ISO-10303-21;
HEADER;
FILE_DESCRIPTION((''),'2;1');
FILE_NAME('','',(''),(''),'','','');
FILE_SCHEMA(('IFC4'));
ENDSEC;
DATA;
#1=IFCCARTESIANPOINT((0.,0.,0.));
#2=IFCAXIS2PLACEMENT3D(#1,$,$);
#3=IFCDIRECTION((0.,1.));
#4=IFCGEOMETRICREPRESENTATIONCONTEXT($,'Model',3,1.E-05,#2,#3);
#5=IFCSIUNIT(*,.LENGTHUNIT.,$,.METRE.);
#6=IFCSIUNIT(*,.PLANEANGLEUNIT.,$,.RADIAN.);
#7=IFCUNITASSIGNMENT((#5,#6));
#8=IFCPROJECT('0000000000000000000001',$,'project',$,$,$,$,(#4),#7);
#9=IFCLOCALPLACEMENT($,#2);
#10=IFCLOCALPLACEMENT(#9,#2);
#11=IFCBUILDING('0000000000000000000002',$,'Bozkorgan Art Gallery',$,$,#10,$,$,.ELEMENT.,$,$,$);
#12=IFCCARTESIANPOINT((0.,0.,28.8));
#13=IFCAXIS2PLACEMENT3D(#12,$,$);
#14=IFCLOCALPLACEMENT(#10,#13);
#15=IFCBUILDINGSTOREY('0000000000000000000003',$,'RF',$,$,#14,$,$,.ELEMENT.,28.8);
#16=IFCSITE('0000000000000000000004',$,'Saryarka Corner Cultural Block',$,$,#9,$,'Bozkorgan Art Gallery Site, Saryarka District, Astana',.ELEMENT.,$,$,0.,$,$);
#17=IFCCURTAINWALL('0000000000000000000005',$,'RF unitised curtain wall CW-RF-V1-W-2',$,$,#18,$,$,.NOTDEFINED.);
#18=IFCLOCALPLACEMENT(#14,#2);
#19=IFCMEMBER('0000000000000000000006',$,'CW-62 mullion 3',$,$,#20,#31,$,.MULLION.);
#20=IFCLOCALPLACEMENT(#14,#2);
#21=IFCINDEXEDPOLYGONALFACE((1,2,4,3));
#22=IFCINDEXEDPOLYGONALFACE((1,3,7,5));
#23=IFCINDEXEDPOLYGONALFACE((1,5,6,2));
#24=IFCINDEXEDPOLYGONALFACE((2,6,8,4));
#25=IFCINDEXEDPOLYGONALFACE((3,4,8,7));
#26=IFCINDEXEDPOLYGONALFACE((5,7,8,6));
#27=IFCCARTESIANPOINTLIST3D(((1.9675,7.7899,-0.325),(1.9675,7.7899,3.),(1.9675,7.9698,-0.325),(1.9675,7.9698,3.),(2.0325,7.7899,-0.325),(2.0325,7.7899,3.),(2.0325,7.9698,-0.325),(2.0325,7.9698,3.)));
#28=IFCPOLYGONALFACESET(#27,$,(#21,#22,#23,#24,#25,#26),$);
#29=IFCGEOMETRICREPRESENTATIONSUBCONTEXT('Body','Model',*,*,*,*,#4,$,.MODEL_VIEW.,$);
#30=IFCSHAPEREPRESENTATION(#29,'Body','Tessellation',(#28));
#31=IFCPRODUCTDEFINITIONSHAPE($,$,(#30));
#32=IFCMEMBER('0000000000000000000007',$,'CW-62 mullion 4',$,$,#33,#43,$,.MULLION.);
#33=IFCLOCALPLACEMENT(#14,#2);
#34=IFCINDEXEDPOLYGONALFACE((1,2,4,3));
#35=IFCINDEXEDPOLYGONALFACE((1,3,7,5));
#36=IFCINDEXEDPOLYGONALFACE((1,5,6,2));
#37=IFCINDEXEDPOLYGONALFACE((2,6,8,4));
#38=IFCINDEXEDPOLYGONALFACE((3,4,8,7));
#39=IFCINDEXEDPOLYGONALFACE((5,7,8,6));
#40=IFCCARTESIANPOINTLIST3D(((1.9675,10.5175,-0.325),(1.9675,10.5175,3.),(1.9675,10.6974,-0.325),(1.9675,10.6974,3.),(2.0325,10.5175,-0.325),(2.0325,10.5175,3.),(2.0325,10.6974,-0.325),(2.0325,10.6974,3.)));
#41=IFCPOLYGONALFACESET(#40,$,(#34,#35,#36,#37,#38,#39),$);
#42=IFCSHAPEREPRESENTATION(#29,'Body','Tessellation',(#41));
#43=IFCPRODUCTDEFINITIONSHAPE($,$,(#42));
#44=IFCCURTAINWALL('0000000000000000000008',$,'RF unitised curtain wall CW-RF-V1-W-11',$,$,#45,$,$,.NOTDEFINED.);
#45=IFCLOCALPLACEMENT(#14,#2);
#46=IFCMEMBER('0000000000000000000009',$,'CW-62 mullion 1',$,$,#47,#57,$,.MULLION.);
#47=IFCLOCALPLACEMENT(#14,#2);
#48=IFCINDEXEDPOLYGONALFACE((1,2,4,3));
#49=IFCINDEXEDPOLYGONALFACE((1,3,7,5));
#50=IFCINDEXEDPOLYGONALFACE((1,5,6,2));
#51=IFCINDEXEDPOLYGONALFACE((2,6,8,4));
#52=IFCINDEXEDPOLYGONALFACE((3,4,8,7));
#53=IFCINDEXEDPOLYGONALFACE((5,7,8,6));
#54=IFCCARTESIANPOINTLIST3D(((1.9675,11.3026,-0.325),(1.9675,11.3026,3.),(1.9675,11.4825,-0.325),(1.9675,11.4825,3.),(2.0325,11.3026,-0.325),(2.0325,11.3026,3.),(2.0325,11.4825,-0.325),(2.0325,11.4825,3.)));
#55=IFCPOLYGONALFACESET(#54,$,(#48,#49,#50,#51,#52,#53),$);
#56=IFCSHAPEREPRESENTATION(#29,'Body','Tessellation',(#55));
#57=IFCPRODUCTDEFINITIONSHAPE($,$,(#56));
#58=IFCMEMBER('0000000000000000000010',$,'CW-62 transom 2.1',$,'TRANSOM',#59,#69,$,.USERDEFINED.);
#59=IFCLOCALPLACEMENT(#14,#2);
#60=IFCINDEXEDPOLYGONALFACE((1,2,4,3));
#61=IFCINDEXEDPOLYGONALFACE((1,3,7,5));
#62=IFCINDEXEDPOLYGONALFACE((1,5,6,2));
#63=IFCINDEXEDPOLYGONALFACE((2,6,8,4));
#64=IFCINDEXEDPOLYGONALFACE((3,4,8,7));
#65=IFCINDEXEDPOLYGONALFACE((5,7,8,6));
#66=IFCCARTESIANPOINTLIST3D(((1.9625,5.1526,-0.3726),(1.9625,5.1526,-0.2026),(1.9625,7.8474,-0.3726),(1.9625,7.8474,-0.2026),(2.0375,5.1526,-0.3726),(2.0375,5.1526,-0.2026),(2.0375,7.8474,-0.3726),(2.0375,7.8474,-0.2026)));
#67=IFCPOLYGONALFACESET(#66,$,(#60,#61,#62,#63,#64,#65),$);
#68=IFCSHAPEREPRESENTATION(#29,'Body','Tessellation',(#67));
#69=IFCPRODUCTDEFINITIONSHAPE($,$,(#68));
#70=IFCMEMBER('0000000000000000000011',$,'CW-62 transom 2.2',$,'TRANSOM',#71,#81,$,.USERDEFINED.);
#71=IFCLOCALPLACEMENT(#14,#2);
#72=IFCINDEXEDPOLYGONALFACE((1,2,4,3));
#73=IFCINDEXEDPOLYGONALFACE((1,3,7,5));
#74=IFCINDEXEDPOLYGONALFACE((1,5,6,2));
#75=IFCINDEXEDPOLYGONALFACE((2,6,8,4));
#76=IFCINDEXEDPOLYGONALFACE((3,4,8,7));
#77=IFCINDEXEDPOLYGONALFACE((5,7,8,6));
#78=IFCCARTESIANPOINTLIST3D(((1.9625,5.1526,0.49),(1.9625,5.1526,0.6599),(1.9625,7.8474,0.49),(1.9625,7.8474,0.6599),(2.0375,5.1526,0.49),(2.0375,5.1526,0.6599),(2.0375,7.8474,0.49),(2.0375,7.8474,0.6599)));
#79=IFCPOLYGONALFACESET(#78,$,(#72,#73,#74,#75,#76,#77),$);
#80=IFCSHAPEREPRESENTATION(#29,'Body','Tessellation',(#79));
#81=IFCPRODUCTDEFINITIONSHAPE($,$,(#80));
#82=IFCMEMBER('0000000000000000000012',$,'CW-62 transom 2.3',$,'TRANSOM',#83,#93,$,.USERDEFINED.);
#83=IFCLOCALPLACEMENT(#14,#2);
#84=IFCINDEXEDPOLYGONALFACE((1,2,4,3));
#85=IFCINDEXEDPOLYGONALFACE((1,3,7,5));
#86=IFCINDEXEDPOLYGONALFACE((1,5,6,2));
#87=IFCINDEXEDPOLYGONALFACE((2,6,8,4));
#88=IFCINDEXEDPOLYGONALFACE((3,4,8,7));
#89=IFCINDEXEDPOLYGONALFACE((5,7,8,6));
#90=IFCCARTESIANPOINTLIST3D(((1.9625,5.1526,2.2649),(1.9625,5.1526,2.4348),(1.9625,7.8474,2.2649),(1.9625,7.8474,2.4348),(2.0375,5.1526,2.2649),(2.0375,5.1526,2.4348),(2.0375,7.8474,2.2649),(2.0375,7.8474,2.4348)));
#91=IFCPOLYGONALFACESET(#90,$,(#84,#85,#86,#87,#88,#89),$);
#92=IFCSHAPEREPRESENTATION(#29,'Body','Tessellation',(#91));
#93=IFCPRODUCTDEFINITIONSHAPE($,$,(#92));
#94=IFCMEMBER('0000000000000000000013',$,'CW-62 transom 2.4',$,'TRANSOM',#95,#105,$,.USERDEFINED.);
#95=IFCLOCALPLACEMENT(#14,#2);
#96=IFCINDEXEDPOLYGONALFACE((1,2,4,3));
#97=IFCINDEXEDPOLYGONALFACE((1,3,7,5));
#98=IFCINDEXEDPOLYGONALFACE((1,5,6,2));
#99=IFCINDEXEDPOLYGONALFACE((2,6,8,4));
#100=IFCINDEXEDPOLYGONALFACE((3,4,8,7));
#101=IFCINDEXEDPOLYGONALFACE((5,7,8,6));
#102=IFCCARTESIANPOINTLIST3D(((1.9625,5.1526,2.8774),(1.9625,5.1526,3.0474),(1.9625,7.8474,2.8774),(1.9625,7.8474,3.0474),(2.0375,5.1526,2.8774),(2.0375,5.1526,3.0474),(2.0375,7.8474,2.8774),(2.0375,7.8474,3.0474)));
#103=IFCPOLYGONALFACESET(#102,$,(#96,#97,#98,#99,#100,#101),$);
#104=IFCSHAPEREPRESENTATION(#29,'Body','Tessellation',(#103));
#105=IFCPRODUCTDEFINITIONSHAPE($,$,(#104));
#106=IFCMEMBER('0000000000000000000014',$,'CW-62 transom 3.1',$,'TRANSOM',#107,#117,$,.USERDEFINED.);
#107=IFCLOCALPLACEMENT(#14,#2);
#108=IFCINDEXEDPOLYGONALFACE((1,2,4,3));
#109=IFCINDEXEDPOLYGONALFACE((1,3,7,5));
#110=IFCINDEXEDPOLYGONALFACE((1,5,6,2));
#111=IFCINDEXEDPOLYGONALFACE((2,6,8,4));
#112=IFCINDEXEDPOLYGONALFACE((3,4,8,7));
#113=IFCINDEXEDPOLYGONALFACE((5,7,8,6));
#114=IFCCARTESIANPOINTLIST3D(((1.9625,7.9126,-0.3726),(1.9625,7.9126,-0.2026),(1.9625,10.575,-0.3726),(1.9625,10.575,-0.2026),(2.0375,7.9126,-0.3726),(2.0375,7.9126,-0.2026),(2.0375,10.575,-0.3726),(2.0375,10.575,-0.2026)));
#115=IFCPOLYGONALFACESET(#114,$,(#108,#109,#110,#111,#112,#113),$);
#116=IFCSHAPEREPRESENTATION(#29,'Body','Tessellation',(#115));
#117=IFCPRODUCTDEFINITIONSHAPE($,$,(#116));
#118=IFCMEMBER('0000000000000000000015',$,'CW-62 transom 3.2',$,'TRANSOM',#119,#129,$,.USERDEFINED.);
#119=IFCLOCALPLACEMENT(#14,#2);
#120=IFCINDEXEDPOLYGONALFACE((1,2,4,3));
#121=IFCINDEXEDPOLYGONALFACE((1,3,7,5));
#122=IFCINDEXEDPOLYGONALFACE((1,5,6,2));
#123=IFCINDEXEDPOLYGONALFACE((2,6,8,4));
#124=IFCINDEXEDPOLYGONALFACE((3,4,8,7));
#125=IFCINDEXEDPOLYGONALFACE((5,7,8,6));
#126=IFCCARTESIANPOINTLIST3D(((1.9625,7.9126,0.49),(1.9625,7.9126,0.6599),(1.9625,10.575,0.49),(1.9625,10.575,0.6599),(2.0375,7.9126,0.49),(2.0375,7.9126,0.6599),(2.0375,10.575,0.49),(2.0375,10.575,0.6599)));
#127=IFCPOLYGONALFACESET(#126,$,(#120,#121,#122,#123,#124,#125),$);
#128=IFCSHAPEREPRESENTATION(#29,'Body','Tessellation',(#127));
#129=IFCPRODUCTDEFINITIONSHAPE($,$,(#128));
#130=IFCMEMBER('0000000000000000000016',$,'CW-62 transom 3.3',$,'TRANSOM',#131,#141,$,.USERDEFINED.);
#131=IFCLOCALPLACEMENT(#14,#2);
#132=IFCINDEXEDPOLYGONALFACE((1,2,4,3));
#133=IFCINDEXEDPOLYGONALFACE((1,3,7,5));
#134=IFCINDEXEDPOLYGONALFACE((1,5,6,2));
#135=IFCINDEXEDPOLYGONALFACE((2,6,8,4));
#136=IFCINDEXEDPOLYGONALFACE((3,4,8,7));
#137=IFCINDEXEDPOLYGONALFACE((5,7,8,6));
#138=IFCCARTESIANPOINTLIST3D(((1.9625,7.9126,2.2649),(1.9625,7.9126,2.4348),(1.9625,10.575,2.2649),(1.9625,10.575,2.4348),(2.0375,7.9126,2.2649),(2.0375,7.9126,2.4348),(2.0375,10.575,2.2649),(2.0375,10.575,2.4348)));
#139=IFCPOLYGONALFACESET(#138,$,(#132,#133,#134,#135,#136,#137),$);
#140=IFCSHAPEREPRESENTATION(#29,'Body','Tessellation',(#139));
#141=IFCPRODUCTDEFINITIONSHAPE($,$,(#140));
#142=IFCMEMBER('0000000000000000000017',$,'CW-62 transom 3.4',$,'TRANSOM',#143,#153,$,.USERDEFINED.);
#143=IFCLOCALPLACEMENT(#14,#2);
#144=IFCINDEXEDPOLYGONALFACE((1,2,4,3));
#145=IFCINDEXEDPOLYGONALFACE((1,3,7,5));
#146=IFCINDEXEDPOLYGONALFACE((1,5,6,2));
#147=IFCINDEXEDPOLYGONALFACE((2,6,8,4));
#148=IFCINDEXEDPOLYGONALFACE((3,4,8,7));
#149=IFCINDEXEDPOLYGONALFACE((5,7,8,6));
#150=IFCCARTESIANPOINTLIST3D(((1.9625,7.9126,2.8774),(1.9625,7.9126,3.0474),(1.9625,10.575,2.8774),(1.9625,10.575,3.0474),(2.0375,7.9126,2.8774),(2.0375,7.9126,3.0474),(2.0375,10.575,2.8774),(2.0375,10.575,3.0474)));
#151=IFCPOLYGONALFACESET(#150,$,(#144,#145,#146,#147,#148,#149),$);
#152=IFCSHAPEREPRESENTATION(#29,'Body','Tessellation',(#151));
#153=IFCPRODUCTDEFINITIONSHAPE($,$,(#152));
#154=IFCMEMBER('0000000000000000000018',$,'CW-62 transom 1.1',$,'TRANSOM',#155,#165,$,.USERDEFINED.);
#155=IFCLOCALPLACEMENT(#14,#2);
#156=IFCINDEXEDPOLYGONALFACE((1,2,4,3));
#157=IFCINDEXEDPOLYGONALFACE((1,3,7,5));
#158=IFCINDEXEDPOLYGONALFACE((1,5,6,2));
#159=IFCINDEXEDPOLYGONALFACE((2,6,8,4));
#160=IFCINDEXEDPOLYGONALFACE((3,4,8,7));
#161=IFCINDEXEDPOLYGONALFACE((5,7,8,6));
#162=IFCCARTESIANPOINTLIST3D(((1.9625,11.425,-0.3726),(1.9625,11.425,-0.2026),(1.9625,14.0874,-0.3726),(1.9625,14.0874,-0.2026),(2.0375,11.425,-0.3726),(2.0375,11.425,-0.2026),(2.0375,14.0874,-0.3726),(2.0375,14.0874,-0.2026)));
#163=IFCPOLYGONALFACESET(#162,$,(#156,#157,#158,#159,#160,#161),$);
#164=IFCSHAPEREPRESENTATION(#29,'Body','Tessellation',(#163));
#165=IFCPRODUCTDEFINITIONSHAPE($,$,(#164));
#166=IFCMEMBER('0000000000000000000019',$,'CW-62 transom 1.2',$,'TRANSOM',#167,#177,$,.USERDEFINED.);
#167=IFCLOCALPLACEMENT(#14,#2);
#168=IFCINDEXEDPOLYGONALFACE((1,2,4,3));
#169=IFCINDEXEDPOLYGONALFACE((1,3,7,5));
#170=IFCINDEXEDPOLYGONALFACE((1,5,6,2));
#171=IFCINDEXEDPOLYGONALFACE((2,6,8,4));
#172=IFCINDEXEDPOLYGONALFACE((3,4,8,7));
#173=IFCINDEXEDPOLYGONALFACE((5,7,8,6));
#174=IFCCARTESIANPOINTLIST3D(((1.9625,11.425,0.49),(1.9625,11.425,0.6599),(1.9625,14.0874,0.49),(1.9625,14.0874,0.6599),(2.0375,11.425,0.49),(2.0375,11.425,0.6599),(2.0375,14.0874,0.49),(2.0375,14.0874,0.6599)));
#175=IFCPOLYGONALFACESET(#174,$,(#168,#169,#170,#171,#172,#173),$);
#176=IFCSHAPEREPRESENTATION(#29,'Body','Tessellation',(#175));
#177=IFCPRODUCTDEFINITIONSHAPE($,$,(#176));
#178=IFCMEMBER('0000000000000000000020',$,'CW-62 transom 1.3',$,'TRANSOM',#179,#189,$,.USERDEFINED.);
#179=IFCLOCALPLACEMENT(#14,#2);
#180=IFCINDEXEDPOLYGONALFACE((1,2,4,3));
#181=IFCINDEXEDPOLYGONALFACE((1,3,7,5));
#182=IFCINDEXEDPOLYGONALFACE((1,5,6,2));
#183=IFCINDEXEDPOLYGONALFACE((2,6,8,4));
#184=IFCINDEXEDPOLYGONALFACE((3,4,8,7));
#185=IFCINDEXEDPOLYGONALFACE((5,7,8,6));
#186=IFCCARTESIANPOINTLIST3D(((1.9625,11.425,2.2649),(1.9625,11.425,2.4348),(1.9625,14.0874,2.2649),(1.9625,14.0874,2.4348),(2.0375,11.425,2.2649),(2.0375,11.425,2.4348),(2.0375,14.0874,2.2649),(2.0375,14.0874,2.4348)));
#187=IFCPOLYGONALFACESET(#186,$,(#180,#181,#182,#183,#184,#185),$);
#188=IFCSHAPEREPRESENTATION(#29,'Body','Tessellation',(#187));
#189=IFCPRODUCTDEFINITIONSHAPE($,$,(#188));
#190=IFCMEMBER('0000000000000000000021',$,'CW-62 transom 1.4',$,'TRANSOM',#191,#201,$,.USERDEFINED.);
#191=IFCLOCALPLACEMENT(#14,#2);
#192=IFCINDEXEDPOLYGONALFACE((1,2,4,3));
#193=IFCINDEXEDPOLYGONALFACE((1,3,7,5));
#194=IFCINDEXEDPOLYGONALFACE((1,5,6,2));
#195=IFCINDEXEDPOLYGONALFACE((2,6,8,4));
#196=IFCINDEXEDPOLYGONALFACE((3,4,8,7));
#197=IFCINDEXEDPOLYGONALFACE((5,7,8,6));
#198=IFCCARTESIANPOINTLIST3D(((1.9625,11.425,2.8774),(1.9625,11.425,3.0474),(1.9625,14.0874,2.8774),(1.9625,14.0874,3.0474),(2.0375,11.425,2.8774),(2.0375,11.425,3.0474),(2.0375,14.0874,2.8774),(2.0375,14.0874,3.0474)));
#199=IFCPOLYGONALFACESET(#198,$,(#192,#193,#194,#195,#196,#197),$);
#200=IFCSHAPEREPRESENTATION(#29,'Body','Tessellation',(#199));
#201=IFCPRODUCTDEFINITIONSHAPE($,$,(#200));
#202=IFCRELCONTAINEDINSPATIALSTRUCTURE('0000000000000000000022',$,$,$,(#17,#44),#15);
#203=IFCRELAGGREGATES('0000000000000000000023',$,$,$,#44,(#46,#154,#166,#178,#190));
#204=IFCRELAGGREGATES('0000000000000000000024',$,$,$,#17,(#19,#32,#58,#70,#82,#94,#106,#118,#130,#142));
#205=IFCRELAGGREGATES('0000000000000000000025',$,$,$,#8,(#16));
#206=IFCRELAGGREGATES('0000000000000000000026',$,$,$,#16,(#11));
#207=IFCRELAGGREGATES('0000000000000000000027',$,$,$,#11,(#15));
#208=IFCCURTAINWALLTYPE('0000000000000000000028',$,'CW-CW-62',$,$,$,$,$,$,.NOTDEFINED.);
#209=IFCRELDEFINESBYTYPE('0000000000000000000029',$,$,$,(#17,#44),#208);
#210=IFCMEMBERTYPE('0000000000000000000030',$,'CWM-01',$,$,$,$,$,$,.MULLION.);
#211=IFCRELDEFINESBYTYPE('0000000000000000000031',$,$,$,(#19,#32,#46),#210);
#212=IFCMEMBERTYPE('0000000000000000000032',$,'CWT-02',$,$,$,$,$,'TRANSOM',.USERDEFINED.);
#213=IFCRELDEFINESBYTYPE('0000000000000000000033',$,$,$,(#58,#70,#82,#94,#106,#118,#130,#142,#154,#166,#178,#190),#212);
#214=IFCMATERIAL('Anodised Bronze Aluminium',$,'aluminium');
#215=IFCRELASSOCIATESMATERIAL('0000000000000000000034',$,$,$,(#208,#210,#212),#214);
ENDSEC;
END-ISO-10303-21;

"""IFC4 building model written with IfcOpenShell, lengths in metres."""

from ifc_helpers import new_model, si_unit, direction, frame, origin, origin_2d, place, context, subcontext, project, spatial, rectangle, extrude, material, material_profile, profile_set, type_object, element, aggregate, save


model = new_model("IFC4")

# Units and contexts
model_context = context("Model", 3, precision=1e-05, world=origin(), true_north=direction((0.0, 1.0)))
body_context = subcontext(model_context, "Body", "Model", "MODEL_VIEW")
ifc_project = project(units=[si_unit("LENGTHUNIT", "METRE"), si_unit("PLANEANGLEUNIT", "RADIAN")], contexts=[model_context])

# Site, building, storey
site_placement = place(None, origin())
site = spatial("IfcSite", under=ifc_project, at=site_placement, Name="Saryarka Corner Cultural Block", LongName="Bozkorgan Art Gallery Site, Saryarka District, Astana", CompositionType="ELEMENT", RefElevation=0.0)
building_placement = place(site_placement, origin())
building = spatial("IfcBuilding", under=site, at=building_placement, Name="Bozkorgan Art Gallery", CompositionType="ELEMENT")
storey_placement = place(building_placement, frame((0.0, 0.0, 28.8)))
storey = spatial("IfcBuildingStorey", under=building, at=storey_placement, Name="RF", CompositionType="ELEMENT", Elevation=28.8)

# Curtain wall, members
ifc_material_1 = material(Name="Anodised Bronze Aluminium", Category="aluminium")
curtain_wall_type = type_object("IfcCurtainWallType", Name="CW-CW-62", PredefinedType="NOTDEFINED", material=ifc_material_1)
curtain_wall_1_placement = place(storey_placement, origin())
curtain_wall_1 = element("IfcCurtainWall", 1, at=curtain_wall_1_placement, inside=storey, type_object=curtain_wall_type, Name="RF unitised curtain wall CW-RF-V1-W-2", PredefinedType="NOTDEFINED")
ifc_material_profile_1 = material_profile(ifc_material_1, rectangle(XDim=0.0649, YDim=0.1799, at=origin_2d()), Name="ALU MULLION 65x180")
ifc_profile_set_1 = profile_set([ifc_material_profile_1], Name="Anodised Bronze Aluminium")
member_type_1 = type_object("IfcMemberType", Name="CWM-01", PredefinedType="MULLION", material=ifc_profile_set_1)
member_1_placement = place(storey_placement, frame((2.0, 7.8799, -0.325), z_axis=(0.0, 0.0, 1.0), x_axis=(-1.0, 0.0, 0.0)))
member_1 = element("IfcMember", 2, at=member_1_placement, type_object=member_type_1, Name="CW-62 mullion 3", PredefinedType="MULLION", context=body_context, shape_type="SweptSolid", body=[
    extrude(rectangle(XDim=0.0649, YDim=0.1799, at=origin_2d()), origin(), (0.0, 0.0, 1.0), 3.325),
])
member_2_placement = place(storey_placement, frame((2.0, 10.6074, -0.325), z_axis=(0.0, 0.0, 1.0), x_axis=(-1.0, 0.0, 0.0)))
member_2 = element("IfcMember", 3, at=member_2_placement, type_object=member_type_1, Name="CW-62 mullion 4", PredefinedType="MULLION", context=body_context, shape_type="SweptSolid", body=[
    extrude(rectangle(XDim=0.0649, YDim=0.1799, at=origin_2d()), origin(), (0.0, 0.0, 1.0), 3.325),
])

# Curtain wall, member
curtain_wall_2_placement = place(storey_placement, origin())
curtain_wall_2 = element("IfcCurtainWall", 4, at=curtain_wall_2_placement, inside=storey, type_object=curtain_wall_type, Name="RF unitised curtain wall CW-RF-V1-W-11", PredefinedType="NOTDEFINED")
member_3_placement = place(storey_placement, frame((2.0, 11.3926, -0.325), z_axis=(0.0, 0.0, 1.0), x_axis=(-1.0, 0.0, 0.0)))
member_3 = element("IfcMember", 5, at=member_3_placement, type_object=member_type_1, Name="CW-62 mullion 1", PredefinedType="MULLION", context=body_context, shape_type="SweptSolid", body=[
    extrude(rectangle(XDim=0.0649, YDim=0.1799, at=origin_2d()), origin(), (0.0, 0.0, 1.0), 3.325),
])

# Members
ifc_material_profile_2 = material_profile(ifc_material_1, rectangle(XDim=0.075, YDim=0.1699, at=origin_2d()), Name="ALU TRANSOM 75x170")
ifc_profile_set_2 = profile_set([ifc_material_profile_2], Name="Anodised Bronze Aluminium")
member_type_2 = type_object("IfcMemberType", Name="CWT-02", ElementType="TRANSOM", PredefinedType="USERDEFINED", material=ifc_profile_set_2)
member_4_placement = place(storey_placement, frame((2.0, 5.1526, -0.2876), z_axis=(0.0, 1.0, 0.0), x_axis=(-1.0, 0.0, 0.0)))
member_4 = element("IfcMember", 6, at=member_4_placement, type_object=member_type_2, Name="CW-62 transom 2.1", ObjectType="TRANSOM", PredefinedType="USERDEFINED", context=body_context, shape_type="SweptSolid", body=[
    extrude(rectangle(XDim=0.075, YDim=0.1699, at=origin_2d()), origin(), (0.0, 0.0, 1.0), 2.6948),
])
member_5_placement = place(storey_placement, frame((2.0, 5.1526, 0.575), z_axis=(0.0, 1.0, 0.0), x_axis=(-1.0, 0.0, 0.0)))
member_5 = element("IfcMember", 7, at=member_5_placement, type_object=member_type_2, Name="CW-62 transom 2.2", ObjectType="TRANSOM", PredefinedType="USERDEFINED", context=body_context, shape_type="SweptSolid", body=[
    extrude(rectangle(XDim=0.075, YDim=0.1699, at=origin_2d()), origin(), (0.0, 0.0, 1.0), 2.6948),
])
member_6_placement = place(storey_placement, frame((2.0, 5.1526, 2.3499), z_axis=(0.0, 1.0, 0.0), x_axis=(-1.0, 0.0, 0.0)))
member_6 = element("IfcMember", 8, at=member_6_placement, type_object=member_type_2, Name="CW-62 transom 2.3", ObjectType="TRANSOM", PredefinedType="USERDEFINED", context=body_context, shape_type="SweptSolid", body=[
    extrude(rectangle(XDim=0.075, YDim=0.1699, at=origin_2d()), origin(), (0.0, 0.0, 1.0), 2.6948),
])
member_7_placement = place(storey_placement, frame((2.0, 5.1526, 2.9624), z_axis=(0.0, 1.0, 0.0), x_axis=(-1.0, 0.0, 0.0)))
member_7 = element("IfcMember", 9, at=member_7_placement, type_object=member_type_2, Name="CW-62 transom 2.4", ObjectType="TRANSOM", PredefinedType="USERDEFINED", context=body_context, shape_type="SweptSolid", body=[
    extrude(rectangle(XDim=0.075, YDim=0.1699, at=origin_2d()), origin(), (0.0, 0.0, 1.0), 2.6948),
])
member_8_placement = place(storey_placement, frame((2.0, 7.9126, -0.2876), z_axis=(0.0, 1.0, 0.0), x_axis=(-1.0, 0.0, 0.0)))
member_8 = element("IfcMember", 10, at=member_8_placement, type_object=member_type_2, Name="CW-62 transom 3.1", ObjectType="TRANSOM", PredefinedType="USERDEFINED", context=body_context, shape_type="SweptSolid", body=[
    extrude(rectangle(XDim=0.075, YDim=0.1699, at=origin_2d()), origin(), (0.0, 0.0, 1.0), 2.6624),
])
member_9_placement = place(storey_placement, frame((2.0, 7.9126, 0.575), z_axis=(0.0, 1.0, 0.0), x_axis=(-1.0, 0.0, 0.0)))
member_9 = element("IfcMember", 11, at=member_9_placement, type_object=member_type_2, Name="CW-62 transom 3.2", ObjectType="TRANSOM", PredefinedType="USERDEFINED", context=body_context, shape_type="SweptSolid", body=[
    extrude(rectangle(XDim=0.075, YDim=0.1699, at=origin_2d()), origin(), (0.0, 0.0, 1.0), 2.6624),
])
member_10_placement = place(storey_placement, frame((2.0, 7.9126, 2.3499), z_axis=(0.0, 1.0, 0.0), x_axis=(-1.0, 0.0, 0.0)))
member_10 = element("IfcMember", 12, at=member_10_placement, type_object=member_type_2, Name="CW-62 transom 3.3", ObjectType="TRANSOM", PredefinedType="USERDEFINED", context=body_context, shape_type="SweptSolid", body=[
    extrude(rectangle(XDim=0.075, YDim=0.1699, at=origin_2d()), origin(), (0.0, 0.0, 1.0), 2.6624),
])
member_11_placement = place(storey_placement, frame((2.0, 7.9126, 2.9624), z_axis=(0.0, 1.0, 0.0), x_axis=(-1.0, 0.0, 0.0)))
member_11 = element("IfcMember", 13, at=member_11_placement, type_object=member_type_2, Name="CW-62 transom 3.4", ObjectType="TRANSOM", PredefinedType="USERDEFINED", context=body_context, shape_type="SweptSolid", body=[
    extrude(rectangle(XDim=0.075, YDim=0.1699, at=origin_2d()), origin(), (0.0, 0.0, 1.0), 2.6624),
])
member_12_placement = place(storey_placement, frame((2.0, 11.425, -0.2876), z_axis=(0.0, 1.0, 0.0), x_axis=(-1.0, 0.0, 0.0)))
member_12 = element("IfcMember", 14, at=member_12_placement, type_object=member_type_2, Name="CW-62 transom 1.1", ObjectType="TRANSOM", PredefinedType="USERDEFINED", context=body_context, shape_type="SweptSolid", body=[
    extrude(rectangle(XDim=0.075, YDim=0.1699, at=origin_2d()), origin(), (0.0, 0.0, 1.0), 2.6624),
])
member_13_placement = place(storey_placement, frame((2.0, 11.425, 0.575), z_axis=(0.0, 1.0, 0.0), x_axis=(-1.0, 0.0, 0.0)))
member_13 = element("IfcMember", 15, at=member_13_placement, type_object=member_type_2, Name="CW-62 transom 1.2", ObjectType="TRANSOM", PredefinedType="USERDEFINED", context=body_context, shape_type="SweptSolid", body=[
    extrude(rectangle(XDim=0.075, YDim=0.1699, at=origin_2d()), origin(), (0.0, 0.0, 1.0), 2.6624),
])
member_14_placement = place(storey_placement, frame((2.0, 11.425, 2.3499), z_axis=(0.0, 1.0, 0.0), x_axis=(-1.0, 0.0, 0.0)))
member_14 = element("IfcMember", 16, at=member_14_placement, type_object=member_type_2, Name="CW-62 transom 1.3", ObjectType="TRANSOM", PredefinedType="USERDEFINED", context=body_context, shape_type="SweptSolid", body=[
    extrude(rectangle(XDim=0.075, YDim=0.1699, at=origin_2d()), origin(), (0.0, 0.0, 1.0), 2.6624),
])
member_15_placement = place(storey_placement, frame((2.0, 11.425, 2.9624), z_axis=(0.0, 1.0, 0.0), x_axis=(-1.0, 0.0, 0.0)))
member_15 = element("IfcMember", 17, at=member_15_placement, type_object=member_type_2, Name="CW-62 transom 1.4", ObjectType="TRANSOM", PredefinedType="USERDEFINED", context=body_context, shape_type="SweptSolid", body=[
    extrude(rectangle(XDim=0.075, YDim=0.1699, at=origin_2d()), origin(), (0.0, 0.0, 1.0), 2.6624),
])
aggregate(curtain_wall_2, [member_3, member_12, member_13, member_14, member_15])

aggregate(curtain_wall_1, [member_1, member_2, member_4, member_5, member_6, member_7, member_8, member_9, member_10, member_11])

save(model, "model.ifc")
